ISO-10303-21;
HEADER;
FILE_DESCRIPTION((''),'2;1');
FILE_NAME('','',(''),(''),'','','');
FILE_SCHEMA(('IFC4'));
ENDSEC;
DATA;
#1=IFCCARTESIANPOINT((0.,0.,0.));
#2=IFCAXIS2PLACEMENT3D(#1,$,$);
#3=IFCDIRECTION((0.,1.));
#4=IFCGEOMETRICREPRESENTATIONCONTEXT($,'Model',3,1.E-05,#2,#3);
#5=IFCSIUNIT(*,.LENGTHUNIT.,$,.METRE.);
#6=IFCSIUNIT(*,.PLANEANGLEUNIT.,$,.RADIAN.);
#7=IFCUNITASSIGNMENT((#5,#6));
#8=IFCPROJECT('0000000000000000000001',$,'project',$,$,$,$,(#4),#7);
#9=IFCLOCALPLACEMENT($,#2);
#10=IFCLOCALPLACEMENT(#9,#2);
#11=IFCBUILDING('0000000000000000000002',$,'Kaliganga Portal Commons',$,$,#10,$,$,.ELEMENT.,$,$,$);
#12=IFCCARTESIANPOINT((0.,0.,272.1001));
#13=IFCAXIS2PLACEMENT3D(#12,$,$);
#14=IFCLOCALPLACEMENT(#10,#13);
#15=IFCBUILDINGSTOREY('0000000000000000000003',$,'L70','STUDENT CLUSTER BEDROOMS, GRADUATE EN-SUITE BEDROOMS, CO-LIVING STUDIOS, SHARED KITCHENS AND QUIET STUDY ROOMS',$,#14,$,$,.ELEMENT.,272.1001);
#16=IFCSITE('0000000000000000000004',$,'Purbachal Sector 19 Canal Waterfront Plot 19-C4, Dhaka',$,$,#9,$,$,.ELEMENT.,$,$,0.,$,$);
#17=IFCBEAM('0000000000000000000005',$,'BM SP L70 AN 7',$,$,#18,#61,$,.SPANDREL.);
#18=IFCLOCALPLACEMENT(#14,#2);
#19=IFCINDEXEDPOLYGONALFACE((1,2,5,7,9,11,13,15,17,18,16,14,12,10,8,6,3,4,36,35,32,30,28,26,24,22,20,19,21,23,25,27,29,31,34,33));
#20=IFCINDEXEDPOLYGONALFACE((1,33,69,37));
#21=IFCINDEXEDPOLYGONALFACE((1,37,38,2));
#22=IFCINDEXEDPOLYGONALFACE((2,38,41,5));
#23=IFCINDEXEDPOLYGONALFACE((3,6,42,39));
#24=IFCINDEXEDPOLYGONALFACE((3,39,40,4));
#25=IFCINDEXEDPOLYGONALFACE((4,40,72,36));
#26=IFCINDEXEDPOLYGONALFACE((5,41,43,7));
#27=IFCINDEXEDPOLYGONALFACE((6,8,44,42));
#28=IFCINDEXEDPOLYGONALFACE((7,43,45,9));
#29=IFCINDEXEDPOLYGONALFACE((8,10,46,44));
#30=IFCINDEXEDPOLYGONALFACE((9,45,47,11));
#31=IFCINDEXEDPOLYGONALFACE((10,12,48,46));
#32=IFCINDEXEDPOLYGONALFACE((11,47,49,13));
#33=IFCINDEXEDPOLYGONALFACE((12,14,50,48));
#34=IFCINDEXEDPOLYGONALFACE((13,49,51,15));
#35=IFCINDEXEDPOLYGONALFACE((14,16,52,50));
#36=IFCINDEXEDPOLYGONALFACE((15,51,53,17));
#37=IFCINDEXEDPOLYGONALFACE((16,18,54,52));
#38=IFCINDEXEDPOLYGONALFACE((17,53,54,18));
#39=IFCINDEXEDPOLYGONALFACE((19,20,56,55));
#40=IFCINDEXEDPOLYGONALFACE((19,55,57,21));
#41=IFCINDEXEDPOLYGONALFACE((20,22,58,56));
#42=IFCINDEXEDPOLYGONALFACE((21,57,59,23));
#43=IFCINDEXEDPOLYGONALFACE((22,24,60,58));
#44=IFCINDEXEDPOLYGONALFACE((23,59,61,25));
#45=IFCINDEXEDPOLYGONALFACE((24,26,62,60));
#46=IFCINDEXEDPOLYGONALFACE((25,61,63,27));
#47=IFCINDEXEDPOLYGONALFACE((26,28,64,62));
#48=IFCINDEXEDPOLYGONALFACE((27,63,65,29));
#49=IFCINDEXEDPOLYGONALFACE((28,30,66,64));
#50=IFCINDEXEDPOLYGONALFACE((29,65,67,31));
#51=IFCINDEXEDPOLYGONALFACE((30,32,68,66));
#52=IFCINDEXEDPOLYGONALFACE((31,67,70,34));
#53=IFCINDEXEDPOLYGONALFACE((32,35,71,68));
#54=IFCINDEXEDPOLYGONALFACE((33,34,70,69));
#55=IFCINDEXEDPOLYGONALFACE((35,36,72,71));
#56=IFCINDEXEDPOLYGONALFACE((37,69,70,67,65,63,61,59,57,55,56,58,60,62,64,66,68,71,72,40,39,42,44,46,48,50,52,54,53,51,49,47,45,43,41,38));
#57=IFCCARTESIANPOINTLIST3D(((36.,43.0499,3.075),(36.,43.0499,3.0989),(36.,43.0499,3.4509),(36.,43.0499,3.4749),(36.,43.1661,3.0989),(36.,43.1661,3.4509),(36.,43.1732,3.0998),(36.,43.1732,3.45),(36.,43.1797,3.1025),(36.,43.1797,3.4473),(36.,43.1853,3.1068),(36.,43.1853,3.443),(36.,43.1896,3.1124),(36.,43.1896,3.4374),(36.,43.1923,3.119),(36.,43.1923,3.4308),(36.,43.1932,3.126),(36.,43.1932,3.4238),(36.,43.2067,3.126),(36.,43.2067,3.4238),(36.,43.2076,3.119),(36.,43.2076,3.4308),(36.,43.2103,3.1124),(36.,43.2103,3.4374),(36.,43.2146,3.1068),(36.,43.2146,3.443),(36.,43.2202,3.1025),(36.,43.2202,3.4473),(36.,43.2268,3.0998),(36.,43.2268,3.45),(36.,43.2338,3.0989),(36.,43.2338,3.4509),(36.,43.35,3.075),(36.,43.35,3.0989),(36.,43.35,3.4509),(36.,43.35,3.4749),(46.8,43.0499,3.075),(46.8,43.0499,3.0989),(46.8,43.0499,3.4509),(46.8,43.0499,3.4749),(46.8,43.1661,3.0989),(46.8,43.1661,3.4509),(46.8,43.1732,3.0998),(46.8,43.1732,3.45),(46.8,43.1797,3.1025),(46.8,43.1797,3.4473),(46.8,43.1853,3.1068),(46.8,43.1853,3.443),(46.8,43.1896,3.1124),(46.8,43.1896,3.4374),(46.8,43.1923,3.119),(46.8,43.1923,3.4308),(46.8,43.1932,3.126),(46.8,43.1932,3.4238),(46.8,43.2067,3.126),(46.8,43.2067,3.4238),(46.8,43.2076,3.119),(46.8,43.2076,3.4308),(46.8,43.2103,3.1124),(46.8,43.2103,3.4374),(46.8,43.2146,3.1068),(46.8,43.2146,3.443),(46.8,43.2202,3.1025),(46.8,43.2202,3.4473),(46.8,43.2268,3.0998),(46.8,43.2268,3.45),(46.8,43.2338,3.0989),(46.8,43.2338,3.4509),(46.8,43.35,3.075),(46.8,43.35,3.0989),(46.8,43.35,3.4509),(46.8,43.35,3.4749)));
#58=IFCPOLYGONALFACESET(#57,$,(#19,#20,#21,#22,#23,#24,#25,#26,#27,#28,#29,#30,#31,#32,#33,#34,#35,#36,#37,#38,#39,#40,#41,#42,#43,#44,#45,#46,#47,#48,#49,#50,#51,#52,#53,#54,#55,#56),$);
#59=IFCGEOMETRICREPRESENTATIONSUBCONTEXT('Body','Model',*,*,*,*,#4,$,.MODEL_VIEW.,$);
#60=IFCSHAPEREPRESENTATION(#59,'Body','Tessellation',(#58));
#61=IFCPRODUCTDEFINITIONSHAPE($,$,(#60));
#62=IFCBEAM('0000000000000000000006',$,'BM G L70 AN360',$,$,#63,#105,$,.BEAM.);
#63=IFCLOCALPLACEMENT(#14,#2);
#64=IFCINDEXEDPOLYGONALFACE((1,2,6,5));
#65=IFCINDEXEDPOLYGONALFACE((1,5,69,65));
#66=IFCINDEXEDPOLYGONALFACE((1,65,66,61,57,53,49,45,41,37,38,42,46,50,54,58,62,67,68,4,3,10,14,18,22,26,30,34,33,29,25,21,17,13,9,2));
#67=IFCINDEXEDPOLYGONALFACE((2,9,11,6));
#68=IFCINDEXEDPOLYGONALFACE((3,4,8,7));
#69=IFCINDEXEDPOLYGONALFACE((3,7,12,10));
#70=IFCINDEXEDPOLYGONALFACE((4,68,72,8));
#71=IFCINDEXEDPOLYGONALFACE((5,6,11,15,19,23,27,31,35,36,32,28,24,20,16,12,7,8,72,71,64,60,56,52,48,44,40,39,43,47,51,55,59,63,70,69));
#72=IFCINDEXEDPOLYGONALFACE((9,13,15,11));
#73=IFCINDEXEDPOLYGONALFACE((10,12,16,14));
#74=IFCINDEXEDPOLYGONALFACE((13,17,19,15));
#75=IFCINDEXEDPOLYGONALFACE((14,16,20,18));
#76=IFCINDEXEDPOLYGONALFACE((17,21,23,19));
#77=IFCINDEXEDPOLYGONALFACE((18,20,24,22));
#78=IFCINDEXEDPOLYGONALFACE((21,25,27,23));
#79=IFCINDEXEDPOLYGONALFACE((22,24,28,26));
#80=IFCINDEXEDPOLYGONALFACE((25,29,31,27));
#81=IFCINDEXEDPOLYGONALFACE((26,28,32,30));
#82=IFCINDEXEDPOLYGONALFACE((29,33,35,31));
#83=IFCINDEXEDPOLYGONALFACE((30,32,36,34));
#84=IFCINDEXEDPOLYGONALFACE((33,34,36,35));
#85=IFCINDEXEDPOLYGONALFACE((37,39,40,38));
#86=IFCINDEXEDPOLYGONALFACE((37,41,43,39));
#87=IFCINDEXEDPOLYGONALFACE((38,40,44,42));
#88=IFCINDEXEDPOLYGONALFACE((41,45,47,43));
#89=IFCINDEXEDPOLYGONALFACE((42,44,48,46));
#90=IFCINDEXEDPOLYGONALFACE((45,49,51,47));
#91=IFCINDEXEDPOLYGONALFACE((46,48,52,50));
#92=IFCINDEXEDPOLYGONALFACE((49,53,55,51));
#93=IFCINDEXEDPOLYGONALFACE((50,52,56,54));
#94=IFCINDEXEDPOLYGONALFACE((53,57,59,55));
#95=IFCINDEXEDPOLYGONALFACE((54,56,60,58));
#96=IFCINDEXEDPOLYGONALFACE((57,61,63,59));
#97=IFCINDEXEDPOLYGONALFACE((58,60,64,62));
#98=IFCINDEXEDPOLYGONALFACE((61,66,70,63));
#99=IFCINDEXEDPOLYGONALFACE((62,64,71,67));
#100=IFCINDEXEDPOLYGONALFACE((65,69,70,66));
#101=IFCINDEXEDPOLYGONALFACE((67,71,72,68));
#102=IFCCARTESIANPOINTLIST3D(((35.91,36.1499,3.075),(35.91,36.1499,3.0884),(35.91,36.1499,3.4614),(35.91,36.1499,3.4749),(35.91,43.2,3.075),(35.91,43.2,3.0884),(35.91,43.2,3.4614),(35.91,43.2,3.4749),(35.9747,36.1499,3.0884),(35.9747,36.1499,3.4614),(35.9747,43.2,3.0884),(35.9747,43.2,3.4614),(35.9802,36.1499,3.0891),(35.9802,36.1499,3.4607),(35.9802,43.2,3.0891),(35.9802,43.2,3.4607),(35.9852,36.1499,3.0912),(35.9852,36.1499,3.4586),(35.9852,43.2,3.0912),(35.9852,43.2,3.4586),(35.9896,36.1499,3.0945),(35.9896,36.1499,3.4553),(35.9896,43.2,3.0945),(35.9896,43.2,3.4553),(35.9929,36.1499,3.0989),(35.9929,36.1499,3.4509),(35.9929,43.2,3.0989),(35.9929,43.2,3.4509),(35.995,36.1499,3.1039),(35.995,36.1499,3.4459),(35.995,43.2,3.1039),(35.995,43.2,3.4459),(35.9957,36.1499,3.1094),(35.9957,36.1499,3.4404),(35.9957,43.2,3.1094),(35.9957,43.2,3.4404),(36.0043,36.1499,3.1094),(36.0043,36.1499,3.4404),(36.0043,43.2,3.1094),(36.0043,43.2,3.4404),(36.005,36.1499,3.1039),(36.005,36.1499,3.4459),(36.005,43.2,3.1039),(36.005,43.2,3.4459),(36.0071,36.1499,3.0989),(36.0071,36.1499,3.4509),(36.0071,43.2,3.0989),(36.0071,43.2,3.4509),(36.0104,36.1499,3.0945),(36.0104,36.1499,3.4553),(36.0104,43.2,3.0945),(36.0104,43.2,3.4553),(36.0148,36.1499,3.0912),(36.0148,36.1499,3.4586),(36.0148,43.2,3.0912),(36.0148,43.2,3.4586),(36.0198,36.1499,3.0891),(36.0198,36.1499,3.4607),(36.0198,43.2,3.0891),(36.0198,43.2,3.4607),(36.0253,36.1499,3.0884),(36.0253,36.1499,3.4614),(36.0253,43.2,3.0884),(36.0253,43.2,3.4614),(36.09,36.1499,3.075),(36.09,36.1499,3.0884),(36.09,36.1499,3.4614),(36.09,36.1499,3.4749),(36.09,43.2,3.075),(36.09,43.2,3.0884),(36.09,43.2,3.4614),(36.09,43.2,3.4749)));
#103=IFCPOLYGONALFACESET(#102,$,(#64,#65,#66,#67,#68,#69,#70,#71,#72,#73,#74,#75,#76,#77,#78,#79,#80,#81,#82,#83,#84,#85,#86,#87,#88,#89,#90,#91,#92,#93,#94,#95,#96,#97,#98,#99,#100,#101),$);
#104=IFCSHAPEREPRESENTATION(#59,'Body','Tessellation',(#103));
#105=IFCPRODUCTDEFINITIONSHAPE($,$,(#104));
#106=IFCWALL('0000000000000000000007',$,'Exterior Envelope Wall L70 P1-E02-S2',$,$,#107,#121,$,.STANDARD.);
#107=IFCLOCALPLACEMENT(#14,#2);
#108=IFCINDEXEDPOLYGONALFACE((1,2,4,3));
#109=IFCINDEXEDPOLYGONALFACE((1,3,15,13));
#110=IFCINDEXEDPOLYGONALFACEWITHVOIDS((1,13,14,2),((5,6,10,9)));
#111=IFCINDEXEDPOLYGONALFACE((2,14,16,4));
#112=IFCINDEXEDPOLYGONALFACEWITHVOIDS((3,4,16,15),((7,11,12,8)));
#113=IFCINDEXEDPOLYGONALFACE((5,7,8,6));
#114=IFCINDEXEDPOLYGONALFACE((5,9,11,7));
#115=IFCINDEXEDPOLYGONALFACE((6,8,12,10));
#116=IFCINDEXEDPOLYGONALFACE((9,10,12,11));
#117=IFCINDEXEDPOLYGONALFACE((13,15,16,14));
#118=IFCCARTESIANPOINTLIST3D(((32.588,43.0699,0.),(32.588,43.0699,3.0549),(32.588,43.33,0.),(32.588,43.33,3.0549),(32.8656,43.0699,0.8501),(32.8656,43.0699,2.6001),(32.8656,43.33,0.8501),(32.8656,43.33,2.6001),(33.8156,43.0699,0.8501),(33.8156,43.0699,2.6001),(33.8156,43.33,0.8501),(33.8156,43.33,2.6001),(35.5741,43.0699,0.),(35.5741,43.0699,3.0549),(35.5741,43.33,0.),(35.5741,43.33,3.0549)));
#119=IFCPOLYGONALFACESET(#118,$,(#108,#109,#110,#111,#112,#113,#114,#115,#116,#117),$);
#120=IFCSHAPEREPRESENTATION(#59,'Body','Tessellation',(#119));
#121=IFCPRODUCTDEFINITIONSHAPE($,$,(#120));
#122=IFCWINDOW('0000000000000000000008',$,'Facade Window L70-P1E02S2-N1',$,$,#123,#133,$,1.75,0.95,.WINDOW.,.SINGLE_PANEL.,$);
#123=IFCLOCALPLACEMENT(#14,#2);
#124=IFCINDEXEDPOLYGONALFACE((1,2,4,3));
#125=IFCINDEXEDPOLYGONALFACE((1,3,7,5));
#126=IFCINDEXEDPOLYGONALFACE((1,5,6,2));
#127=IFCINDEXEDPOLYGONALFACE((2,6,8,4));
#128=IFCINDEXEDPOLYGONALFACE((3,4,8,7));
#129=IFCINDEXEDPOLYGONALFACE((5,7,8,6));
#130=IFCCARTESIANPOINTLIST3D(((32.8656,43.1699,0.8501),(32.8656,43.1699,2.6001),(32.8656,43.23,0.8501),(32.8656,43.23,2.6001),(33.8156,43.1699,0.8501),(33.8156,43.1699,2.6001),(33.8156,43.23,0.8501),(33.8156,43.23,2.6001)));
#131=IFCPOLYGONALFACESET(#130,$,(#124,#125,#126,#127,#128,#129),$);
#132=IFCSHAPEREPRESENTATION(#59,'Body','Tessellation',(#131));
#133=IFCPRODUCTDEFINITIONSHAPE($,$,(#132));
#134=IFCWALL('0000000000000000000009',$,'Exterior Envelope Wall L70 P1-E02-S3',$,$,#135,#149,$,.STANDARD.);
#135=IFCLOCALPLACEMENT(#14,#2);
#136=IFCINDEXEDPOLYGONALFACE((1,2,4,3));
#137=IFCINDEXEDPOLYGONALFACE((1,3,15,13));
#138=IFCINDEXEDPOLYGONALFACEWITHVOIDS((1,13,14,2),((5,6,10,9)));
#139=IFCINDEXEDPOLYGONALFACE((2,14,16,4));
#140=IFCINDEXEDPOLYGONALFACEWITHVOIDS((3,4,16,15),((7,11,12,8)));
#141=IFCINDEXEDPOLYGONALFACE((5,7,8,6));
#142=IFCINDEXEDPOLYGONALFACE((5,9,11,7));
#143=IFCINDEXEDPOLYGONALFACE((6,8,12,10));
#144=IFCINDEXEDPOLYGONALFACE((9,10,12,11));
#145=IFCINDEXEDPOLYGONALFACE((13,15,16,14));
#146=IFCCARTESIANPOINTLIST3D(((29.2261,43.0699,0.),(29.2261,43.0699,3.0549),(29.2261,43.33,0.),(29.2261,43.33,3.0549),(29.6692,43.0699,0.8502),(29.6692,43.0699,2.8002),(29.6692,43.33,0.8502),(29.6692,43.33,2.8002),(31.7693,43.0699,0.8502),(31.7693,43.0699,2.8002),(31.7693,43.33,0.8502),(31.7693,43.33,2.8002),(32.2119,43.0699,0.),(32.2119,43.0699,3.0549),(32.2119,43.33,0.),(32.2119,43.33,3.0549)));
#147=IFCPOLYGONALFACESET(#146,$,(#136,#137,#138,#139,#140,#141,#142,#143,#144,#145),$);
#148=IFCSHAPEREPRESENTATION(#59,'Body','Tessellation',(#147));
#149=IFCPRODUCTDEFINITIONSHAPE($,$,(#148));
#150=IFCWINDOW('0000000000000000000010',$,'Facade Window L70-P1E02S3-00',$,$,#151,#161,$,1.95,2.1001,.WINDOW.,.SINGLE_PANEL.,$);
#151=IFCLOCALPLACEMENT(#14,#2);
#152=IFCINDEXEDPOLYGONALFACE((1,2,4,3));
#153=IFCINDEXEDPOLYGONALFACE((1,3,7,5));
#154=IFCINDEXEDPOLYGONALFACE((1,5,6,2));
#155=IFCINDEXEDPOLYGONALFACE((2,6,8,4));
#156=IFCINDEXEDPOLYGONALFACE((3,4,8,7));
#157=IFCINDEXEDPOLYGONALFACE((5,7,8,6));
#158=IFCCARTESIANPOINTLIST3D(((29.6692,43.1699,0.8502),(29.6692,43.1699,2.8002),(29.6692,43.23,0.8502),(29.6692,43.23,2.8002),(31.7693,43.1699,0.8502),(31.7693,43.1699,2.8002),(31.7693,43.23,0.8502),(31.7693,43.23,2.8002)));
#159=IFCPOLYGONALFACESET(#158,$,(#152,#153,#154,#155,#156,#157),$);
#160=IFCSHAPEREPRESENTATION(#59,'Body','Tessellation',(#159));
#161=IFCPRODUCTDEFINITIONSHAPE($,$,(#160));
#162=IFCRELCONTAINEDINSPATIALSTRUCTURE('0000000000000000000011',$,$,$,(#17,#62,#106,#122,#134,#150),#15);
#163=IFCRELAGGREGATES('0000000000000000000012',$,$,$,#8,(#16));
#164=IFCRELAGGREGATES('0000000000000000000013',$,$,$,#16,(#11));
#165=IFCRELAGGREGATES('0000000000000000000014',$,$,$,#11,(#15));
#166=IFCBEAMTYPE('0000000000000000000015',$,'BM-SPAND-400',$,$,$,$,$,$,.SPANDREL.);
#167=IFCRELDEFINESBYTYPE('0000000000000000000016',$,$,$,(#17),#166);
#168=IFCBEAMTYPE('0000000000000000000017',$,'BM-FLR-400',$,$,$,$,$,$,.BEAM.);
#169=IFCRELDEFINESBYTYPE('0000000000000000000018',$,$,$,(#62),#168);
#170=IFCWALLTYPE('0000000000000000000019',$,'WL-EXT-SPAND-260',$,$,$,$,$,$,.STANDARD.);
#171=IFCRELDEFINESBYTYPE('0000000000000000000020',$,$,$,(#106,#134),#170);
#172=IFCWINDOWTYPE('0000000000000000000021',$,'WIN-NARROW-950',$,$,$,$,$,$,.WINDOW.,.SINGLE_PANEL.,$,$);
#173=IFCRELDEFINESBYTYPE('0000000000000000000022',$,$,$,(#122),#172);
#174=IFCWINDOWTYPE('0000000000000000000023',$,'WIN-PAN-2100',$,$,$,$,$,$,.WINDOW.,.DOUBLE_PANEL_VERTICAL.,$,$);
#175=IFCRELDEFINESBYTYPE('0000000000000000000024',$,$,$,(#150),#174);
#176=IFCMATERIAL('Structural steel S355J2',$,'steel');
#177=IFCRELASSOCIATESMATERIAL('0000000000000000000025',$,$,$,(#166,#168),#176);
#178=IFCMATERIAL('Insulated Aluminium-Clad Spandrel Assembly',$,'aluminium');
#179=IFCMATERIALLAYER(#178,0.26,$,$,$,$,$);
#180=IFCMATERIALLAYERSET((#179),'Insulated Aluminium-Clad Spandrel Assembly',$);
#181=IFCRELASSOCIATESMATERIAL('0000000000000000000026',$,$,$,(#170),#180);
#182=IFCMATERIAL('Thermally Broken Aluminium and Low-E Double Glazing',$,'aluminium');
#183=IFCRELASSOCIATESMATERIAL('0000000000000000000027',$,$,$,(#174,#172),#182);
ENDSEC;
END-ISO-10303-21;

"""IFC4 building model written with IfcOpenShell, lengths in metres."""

from ifc_helpers import new_model, si_unit, direction, frame, frame_2d, origin, origin_2d, place, context, subcontext, project, spatial, rectangle, i_section, extrude, source, transform, mapped, material, layer, layer_set, material_profile, profile_set, type_object, element, fill, save


model = new_model("IFC4")

# Units and contexts
model_context = context("Model", 3, precision=1e-05, world=origin(), true_north=direction((0.0, 1.0)))
body_context = subcontext(model_context, "Body", "Model", "MODEL_VIEW")
ifc_project = project(units=[si_unit("LENGTHUNIT", "METRE"), si_unit("PLANEANGLEUNIT", "RADIAN")], contexts=[model_context])

# Site, building, storey
site_placement = place(None, origin())
site = spatial("IfcSite", under=ifc_project, at=site_placement, Name="Purbachal Sector 19 Canal Waterfront Plot 19-C4, Dhaka", CompositionType="ELEMENT", RefElevation=0.0)
building_placement = place(site_placement, origin())
building = spatial("IfcBuilding", under=site, at=building_placement, Name="Kaliganga Portal Commons", CompositionType="ELEMENT")
storey_placement = place(building_placement, frame((0.0, 0.0, 272.1001)))
storey = spatial("IfcBuildingStorey", under=building, at=storey_placement, Name="L70", Description="STUDENT CLUSTER BEDROOMS, GRADUATE EN-SUITE BEDROOMS, CO-LIVING STUDIOS, SHARED KITCHENS AND QUIET STUDY ROOMS", CompositionType="ELEMENT", Elevation=272.1001)

# Shared definitions
ifc_material_1 = material(Name="Structural steel S355J2", Category="steel")

# Beams
ifc_material_profile_1 = material_profile(ifc_material_1, i_section(OverallWidth=0.3, OverallDepth=0.3999, WebThickness=0.0134, FlangeThickness=0.0239, FilletRadius=0.0271, at=origin_2d()), Name="HE 400 B")
ifc_profile_set_1 = profile_set([ifc_material_profile_1], Name="Structural steel S355J2 wide-flange")
beam_type_1 = type_object("IfcBeamType", Name="BM-SPAND-400", PredefinedType="SPANDREL", material=ifc_profile_set_1)
shared_shape_1 = source(origin(), body_context, "Body", "SweptSolid", [
    extrude(i_section(OverallWidth=0.3, OverallDepth=0.3999, WebThickness=0.0134, FlangeThickness=0.0239, FilletRadius=0.0271, at=origin_2d()), origin(), (0.0, 0.0, 1.0), 10.8),
])
beam_1_placement = place(storey_placement, frame((36.0, 43.2, 3.2749), z_axis=(1.0, 0.0, 0.0), x_axis=(0.0, 1.0, 0.0)))
element("IfcBeam", 1, at=beam_1_placement, inside=storey, type_object=beam_type_1, Name="BM SP L70 AN 7", PredefinedType="SPANDREL", context=body_context, shape_type="MappedRepresentation", body=[
    mapped(shared_shape_1, transform((0.0, 0.0, 0.0), x_axis=(1.0, 0.0, 0.0), y_axis=(0.0, 1.0, 0.0), z_axis=(0.0, 0.0, 1.0), scale=1.0)),
])
ifc_material_profile_2 = material_profile(ifc_material_1, i_section(OverallWidth=0.1799, OverallDepth=0.3999, WebThickness=0.0085, FlangeThickness=0.0134, FilletRadius=0.021, at=origin_2d()), Name="IPE 400")
ifc_profile_set_2 = profile_set([ifc_material_profile_2], Name="Structural steel S355J2 wide-flange")
beam_type_2 = type_object("IfcBeamType", Name="BM-FLR-400", PredefinedType="BEAM", material=ifc_profile_set_2)
shared_shape_2 = source(origin(), body_context, "Body", "SweptSolid", [
    extrude(i_section(OverallWidth=0.1799, OverallDepth=0.3999, WebThickness=0.0085, FlangeThickness=0.0134, FilletRadius=0.021, at=origin_2d()), origin(), (0.0, 0.0, 1.0), 7.05),
])
beam_2_placement = place(storey_placement, frame((36.0, 36.1499, 3.2749), z_axis=(0.0, 1.0, 0.0), x_axis=(-1.0, 0.0, 0.0)))
element("IfcBeam", 2, at=beam_2_placement, inside=storey, type_object=beam_type_2, Name="BM G L70 AN360", PredefinedType="BEAM", context=body_context, shape_type="MappedRepresentation", body=[
    mapped(shared_shape_2, transform((0.0, 0.0, 0.0), x_axis=(1.0, 0.0, 0.0), y_axis=(0.0, 1.0, 0.0), z_axis=(0.0, 0.0, 1.0), scale=1.0)),
])

# Shared definitions
ifc_material_2 = material(Name="Insulated Aluminium-Clad Spandrel Assembly", Category="aluminium")
ifc_layer_1 = layer(ifc_material_2, 0.26)
ifc_layer_set_1 = layer_set([ifc_layer_1], Name="Insulated Aluminium-Clad Spandrel Assembly")
wall_type_1 = type_object("IfcWallType", Name="WL-EXT-SPAND-260", PredefinedType="STANDARD", material=ifc_layer_set_1)
ifc_material_3 = material(Name="Thermally Broken Aluminium and Low-E Double Glazing", Category="aluminium")
window_type_1 = type_object("IfcWindowType", Name="WIN-PAN-2100", PartitioningType="DOUBLE_PANEL_VERTICAL", PredefinedType="WINDOW", material=ifc_material_3)

# Walls, openings, windows
wall_1_placement = place(storey_placement, frame((32.5879, 43.2, 0.0), z_axis=(0.0, 0.0, 1.0), x_axis=(1.0, 0.0, 0.0)))
wall_1 = element("IfcWall", 3, at=wall_1_placement, inside=storey, type_object=wall_type_1, Name="Exterior Envelope Wall L70 P1-E02-S2", PredefinedType="STANDARD", context=body_context, shape_type="SweptSolid", body=[
    extrude(rectangle(XDim=2.9861, YDim=0.26, at=frame_2d((1.4932, 0.0))), origin(), (0.0, 0.0, 1.0), 3.0549),
])
opening_1_placement = place(wall_1_placement, frame((0.2776, 0.0, 0.8501)))
opening_1 = element("IfcOpeningElement", 4, at=opening_1_placement, cuts=wall_1, PredefinedType="OPENING", context=body_context, shape_type="SweptSolid", body=[
    extrude(rectangle(XDim=0.95, YDim=1.75, at=frame_2d((0.4751, 0.875))), frame((0.0, 0.1401, 0.0), z_axis=(0.0, -1.0, 0.0), x_axis=(1.0, 0.0, 0.0)), (0.0, 0.0, 1.0), 0.28),
])
window_type_2 = type_object("IfcWindowType", Name="WIN-NARROW-950", PartitioningType="SINGLE_PANEL", PredefinedType="WINDOW", material=ifc_material_3)
window_1_placement = place(opening_1_placement, origin())
window_1 = element("IfcWindow", 5, at=window_1_placement, inside=storey, type_object=window_type_2, Name="Facade Window L70-P1E02S2-N1", OverallHeight=1.75, OverallWidth=0.95, PartitioningType="SINGLE_PANEL", PredefinedType="WINDOW", context=body_context, shape_type="SweptSolid", body=[
    extrude(rectangle(XDim=0.95, YDim=1.75, at=frame_2d((0.4751, 0.875))), frame((0.0, 0.03, 0.0), z_axis=(0.0, -1.0, 0.0), x_axis=(1.0, 0.0, 0.0)), (0.0, 0.0, 1.0), 0.0601),
])
fill(opening_1, window_1)
wall_2_placement = place(storey_placement, frame((29.2261, 43.2, 0.0), z_axis=(0.0, 0.0, 1.0), x_axis=(1.0, 0.0, 0.0)))
wall_2 = element("IfcWall", 6, at=wall_2_placement, inside=storey, type_object=wall_type_1, Name="Exterior Envelope Wall L70 P1-E02-S3", PredefinedType="STANDARD", context=body_context, shape_type="SweptSolid", body=[
    extrude(rectangle(XDim=2.9858, YDim=0.26, at=frame_2d((1.4929, 0.0))), origin(), (0.0, 0.0, 1.0), 3.0549),
])
opening_2_placement = place(wall_2_placement, frame((0.4431, 0.0, 0.8501)))
opening_2 = element("IfcOpeningElement", 7, at=opening_2_placement, cuts=wall_2, PredefinedType="OPENING", context=body_context, shape_type="SweptSolid", body=[
    extrude(rectangle(XDim=2.1001, YDim=1.95, at=frame_2d((1.05, 0.9751))), frame((0.0, 0.1401, 0.0), z_axis=(0.0, -1.0, 0.0), x_axis=(1.0, 0.0, 0.0)), (0.0, 0.0, 1.0), 0.28),
])
window_2_placement = place(opening_2_placement, origin())
window_2 = element("IfcWindow", 8, at=window_2_placement, inside=storey, type_object=window_type_1, Name="Facade Window L70-P1E02S3-00", OverallHeight=1.95, OverallWidth=2.1001, PartitioningType="SINGLE_PANEL", PredefinedType="WINDOW", context=body_context, shape_type="SweptSolid", body=[
    extrude(rectangle(XDim=2.1001, YDim=1.95, at=frame_2d((1.05, 0.9751))), frame((0.0, 0.03, 0.0), z_axis=(0.0, -1.0, 0.0), x_axis=(1.0, 0.0, 0.0)), (0.0, 0.0, 1.0), 0.0601),
])
fill(opening_2, window_2)

save(model, "model.ifc")
